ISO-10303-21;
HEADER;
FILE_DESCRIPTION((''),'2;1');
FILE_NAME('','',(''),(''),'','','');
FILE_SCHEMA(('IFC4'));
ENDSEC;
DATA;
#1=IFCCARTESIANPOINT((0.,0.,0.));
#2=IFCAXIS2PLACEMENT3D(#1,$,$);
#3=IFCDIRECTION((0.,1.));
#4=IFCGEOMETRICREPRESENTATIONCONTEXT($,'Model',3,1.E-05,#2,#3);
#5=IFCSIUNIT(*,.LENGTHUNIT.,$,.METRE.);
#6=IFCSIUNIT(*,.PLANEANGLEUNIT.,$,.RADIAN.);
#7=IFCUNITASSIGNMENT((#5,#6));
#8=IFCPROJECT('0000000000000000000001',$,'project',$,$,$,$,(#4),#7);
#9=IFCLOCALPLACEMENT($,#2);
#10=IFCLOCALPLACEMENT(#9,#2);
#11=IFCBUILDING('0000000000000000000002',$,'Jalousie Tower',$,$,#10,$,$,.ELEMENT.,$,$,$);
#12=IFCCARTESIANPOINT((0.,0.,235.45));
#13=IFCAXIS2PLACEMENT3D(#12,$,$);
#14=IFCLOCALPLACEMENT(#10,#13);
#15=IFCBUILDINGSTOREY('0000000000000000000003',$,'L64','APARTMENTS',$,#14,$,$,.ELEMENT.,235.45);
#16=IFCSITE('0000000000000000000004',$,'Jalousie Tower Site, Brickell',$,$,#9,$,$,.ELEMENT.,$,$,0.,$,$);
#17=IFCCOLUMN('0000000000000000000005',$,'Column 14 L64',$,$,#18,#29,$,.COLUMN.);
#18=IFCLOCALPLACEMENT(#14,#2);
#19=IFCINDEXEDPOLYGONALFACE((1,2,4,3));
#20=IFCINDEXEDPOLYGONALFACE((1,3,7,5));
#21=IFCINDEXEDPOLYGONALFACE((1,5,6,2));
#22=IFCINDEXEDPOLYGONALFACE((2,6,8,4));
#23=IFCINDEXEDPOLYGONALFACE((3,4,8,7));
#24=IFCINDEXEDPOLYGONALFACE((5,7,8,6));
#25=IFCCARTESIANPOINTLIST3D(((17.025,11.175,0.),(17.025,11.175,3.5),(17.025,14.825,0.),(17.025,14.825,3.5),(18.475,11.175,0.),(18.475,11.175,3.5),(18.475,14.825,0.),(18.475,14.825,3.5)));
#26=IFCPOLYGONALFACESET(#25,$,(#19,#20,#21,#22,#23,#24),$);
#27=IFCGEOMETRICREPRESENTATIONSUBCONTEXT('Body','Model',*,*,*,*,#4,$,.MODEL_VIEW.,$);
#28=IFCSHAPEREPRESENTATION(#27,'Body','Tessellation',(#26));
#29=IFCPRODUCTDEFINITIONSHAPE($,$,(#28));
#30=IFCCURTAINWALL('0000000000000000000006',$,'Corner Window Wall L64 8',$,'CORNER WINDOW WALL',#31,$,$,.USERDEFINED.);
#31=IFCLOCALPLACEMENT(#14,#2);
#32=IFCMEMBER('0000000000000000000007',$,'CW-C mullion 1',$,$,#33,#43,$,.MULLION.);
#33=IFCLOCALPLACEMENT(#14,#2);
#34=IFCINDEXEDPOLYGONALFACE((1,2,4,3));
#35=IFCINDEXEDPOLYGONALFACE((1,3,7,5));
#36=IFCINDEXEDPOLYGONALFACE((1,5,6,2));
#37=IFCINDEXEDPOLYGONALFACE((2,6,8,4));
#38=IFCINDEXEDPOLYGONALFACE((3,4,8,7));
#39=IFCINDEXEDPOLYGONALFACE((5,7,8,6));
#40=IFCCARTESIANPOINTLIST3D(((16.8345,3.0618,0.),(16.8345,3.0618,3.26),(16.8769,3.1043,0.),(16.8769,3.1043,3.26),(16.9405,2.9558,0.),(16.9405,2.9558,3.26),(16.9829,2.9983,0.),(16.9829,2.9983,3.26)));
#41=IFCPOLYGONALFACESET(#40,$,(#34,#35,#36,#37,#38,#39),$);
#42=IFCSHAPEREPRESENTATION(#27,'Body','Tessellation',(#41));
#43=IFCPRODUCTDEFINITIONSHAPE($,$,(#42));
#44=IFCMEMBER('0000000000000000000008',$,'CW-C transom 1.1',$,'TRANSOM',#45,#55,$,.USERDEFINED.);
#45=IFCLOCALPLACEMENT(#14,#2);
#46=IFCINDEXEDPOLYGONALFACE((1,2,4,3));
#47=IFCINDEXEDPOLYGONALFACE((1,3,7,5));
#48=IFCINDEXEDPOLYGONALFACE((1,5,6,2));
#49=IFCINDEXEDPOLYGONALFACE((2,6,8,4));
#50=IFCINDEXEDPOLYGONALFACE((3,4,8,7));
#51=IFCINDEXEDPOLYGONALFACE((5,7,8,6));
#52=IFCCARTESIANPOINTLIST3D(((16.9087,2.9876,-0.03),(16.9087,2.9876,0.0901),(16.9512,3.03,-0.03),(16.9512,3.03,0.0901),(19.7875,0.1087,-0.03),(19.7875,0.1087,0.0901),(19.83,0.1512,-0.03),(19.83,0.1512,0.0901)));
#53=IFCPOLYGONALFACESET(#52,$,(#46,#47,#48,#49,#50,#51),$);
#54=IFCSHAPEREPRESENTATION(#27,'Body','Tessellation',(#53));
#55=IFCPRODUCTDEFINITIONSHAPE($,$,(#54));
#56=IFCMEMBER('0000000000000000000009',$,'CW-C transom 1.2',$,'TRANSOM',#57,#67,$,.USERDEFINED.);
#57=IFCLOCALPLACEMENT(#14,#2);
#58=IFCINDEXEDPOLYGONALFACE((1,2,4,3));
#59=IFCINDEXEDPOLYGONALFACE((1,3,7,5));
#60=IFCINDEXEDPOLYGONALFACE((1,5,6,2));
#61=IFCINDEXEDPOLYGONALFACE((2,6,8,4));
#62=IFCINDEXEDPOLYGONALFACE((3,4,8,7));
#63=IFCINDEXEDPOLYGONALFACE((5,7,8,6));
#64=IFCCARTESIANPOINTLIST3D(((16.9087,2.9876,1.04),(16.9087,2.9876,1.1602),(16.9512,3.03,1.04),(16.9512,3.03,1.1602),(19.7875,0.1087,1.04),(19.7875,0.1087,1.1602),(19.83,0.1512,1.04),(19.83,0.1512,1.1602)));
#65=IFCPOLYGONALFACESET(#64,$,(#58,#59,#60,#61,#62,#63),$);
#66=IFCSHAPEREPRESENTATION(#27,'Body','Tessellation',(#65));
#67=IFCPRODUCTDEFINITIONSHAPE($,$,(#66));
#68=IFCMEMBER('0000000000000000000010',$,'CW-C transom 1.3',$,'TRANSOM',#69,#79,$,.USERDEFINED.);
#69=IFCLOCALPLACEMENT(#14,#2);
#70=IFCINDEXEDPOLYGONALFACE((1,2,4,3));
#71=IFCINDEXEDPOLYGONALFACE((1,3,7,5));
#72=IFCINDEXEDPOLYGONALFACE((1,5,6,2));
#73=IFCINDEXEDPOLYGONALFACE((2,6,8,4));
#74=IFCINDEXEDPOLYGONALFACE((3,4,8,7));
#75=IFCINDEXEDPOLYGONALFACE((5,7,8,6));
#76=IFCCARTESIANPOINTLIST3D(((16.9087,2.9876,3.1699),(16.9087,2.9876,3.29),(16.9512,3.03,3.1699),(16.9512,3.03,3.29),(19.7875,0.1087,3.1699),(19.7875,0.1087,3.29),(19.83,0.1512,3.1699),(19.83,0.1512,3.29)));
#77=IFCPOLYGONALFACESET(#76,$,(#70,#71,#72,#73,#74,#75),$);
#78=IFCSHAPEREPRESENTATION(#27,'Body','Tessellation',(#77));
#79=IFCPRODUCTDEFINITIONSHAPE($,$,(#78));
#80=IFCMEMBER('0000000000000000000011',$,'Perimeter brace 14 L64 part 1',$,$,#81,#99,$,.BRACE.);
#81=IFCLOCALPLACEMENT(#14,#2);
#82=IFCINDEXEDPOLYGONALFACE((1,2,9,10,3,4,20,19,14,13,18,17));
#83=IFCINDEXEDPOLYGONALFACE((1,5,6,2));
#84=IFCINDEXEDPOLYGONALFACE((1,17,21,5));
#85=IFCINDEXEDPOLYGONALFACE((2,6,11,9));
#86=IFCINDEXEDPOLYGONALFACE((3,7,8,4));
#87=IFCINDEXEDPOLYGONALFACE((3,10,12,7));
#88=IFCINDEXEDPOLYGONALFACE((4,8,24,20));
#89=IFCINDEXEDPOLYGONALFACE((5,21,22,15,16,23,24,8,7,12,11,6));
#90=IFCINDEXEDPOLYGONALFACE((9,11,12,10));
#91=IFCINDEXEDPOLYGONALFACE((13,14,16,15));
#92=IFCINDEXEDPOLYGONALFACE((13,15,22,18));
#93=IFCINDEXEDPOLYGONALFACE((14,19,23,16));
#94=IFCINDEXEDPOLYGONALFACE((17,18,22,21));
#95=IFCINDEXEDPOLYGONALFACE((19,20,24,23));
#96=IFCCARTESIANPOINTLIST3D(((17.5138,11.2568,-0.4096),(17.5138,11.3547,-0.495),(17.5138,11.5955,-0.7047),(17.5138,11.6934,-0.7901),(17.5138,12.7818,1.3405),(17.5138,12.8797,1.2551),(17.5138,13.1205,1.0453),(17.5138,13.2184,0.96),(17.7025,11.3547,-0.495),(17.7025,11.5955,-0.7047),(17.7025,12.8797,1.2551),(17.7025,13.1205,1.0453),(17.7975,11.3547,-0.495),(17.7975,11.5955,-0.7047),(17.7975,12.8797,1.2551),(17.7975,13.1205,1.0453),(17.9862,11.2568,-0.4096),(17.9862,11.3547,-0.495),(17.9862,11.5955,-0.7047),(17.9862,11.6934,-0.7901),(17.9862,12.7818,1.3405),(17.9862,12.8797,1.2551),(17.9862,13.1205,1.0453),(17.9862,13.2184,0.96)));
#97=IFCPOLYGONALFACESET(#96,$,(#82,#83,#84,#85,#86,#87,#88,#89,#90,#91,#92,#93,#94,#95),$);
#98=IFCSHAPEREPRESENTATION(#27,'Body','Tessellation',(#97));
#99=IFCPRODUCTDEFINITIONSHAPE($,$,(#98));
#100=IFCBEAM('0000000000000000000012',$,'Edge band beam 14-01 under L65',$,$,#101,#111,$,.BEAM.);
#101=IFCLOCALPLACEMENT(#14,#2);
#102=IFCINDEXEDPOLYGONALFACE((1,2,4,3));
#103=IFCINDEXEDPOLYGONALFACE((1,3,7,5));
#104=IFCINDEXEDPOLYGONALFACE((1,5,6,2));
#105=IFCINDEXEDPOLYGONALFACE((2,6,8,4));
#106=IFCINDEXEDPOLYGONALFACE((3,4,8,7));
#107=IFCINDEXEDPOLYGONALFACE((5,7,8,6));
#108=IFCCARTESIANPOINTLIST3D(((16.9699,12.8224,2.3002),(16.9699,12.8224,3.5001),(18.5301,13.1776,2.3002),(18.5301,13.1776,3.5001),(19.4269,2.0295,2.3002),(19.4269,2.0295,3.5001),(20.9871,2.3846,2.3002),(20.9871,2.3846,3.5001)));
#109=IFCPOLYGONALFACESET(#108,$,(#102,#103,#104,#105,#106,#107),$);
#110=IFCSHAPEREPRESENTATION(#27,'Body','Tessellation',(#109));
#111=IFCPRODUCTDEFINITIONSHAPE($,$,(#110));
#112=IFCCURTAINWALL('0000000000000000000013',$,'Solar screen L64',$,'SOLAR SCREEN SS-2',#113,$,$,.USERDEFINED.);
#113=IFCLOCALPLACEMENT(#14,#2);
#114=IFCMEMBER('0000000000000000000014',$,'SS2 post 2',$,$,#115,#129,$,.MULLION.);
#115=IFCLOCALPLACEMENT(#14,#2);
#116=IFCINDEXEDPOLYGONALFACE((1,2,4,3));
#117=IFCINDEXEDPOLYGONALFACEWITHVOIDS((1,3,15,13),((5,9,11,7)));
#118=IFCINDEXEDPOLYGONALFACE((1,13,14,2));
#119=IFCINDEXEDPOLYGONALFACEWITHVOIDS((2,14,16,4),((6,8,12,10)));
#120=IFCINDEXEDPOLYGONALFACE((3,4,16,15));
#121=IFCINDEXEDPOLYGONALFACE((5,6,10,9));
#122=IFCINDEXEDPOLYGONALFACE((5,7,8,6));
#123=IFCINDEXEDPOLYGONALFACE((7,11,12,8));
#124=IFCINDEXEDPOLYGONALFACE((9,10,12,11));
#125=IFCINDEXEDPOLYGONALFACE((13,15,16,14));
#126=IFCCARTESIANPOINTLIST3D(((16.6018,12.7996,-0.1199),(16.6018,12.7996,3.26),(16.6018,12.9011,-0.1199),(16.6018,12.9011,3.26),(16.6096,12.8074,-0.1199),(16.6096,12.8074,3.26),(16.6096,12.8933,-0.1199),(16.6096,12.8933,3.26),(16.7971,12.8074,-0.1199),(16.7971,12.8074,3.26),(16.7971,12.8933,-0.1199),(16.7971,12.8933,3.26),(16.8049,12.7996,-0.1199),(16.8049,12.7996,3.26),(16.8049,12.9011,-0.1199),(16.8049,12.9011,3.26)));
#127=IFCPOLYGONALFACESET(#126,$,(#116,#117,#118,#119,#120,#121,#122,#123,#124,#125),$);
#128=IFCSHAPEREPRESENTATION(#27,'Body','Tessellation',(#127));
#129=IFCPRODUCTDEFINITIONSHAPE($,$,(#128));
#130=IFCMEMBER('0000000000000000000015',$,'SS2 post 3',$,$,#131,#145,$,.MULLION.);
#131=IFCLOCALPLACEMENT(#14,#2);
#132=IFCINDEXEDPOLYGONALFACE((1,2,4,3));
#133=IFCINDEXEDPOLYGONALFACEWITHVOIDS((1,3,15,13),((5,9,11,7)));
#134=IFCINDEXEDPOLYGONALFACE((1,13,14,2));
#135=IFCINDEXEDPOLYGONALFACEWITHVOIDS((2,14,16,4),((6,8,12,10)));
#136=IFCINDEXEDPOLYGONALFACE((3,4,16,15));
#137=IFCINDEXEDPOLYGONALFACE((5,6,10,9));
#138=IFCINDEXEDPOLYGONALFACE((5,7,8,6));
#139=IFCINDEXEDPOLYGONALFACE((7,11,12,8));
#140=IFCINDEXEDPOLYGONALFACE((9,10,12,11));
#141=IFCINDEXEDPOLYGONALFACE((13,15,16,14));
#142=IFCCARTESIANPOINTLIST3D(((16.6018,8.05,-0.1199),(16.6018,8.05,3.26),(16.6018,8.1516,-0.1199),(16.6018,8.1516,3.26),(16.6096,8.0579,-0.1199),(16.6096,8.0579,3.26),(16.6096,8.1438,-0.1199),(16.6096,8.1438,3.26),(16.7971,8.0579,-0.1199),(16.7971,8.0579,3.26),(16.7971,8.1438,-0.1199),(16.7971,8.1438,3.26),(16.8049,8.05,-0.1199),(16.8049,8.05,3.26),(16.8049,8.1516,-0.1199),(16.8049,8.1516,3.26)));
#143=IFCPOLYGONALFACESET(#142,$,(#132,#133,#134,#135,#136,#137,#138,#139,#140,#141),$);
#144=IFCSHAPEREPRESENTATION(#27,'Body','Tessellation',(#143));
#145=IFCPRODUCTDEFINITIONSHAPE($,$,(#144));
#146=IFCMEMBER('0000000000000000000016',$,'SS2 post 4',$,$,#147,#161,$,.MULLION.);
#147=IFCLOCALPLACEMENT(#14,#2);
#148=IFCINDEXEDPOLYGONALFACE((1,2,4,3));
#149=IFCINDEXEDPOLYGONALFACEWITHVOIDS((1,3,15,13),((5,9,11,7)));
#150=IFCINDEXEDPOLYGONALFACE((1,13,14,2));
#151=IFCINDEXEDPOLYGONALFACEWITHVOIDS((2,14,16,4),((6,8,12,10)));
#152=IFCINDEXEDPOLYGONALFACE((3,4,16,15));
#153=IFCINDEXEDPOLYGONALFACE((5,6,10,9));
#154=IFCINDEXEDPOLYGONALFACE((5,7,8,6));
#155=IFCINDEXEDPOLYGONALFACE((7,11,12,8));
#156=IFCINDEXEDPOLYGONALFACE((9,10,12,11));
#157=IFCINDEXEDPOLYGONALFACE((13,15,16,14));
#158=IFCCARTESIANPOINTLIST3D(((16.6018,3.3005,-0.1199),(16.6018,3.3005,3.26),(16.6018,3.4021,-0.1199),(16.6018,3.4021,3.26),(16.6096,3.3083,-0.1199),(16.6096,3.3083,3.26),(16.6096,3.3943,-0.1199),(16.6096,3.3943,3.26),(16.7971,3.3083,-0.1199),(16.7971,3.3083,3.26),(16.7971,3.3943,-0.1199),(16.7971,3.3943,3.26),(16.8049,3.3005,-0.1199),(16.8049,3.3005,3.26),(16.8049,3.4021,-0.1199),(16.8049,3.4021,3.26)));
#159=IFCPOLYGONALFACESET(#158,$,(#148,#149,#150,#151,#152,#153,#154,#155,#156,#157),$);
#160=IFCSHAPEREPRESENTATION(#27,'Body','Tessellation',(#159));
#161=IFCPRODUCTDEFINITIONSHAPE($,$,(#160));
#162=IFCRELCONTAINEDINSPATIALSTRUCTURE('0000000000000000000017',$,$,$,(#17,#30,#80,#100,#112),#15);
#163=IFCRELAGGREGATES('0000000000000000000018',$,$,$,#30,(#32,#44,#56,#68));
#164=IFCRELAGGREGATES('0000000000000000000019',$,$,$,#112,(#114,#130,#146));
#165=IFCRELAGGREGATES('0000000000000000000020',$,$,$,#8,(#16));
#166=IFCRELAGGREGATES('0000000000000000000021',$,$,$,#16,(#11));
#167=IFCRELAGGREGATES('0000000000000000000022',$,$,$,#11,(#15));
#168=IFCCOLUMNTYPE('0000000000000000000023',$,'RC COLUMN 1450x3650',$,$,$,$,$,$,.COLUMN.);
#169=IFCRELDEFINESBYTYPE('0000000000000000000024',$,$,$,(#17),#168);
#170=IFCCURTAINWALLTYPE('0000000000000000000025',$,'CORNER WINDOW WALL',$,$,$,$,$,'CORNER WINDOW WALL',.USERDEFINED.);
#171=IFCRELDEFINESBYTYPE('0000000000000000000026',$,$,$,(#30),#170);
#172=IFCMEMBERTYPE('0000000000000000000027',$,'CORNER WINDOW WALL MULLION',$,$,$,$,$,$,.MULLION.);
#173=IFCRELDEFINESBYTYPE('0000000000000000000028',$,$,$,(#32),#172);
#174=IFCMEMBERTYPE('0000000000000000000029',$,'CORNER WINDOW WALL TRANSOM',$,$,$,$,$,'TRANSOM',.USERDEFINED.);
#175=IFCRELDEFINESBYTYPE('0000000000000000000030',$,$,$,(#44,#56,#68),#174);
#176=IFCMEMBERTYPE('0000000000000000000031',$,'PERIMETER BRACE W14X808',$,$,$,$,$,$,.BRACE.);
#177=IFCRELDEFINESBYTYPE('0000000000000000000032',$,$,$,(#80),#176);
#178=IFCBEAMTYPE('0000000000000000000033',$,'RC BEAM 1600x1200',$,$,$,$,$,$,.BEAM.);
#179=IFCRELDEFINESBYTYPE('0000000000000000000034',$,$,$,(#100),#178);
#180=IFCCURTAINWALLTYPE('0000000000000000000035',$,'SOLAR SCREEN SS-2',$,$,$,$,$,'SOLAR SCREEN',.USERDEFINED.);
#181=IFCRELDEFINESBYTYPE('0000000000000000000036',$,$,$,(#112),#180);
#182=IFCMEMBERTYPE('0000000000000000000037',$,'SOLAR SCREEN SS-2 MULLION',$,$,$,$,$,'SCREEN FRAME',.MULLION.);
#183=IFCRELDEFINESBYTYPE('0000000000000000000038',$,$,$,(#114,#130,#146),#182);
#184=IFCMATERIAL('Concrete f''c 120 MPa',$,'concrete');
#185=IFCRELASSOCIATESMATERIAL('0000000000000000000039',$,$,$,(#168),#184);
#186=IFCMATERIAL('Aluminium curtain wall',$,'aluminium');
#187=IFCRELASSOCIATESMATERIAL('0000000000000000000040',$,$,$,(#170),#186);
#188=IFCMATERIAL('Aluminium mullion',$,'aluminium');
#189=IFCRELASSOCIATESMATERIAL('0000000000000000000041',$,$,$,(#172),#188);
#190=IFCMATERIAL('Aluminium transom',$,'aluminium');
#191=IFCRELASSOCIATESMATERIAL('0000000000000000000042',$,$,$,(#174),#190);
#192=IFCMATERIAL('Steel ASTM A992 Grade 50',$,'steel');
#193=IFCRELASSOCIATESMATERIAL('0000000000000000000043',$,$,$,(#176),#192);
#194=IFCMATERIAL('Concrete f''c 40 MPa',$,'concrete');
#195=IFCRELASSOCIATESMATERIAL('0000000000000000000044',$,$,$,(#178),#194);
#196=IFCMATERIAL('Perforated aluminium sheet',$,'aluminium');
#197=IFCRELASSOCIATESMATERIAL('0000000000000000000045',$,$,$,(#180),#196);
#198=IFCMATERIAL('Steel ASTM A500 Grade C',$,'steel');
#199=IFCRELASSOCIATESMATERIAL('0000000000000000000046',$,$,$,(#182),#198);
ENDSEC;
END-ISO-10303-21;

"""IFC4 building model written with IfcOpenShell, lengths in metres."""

from ifc_helpers import new_model, si_unit, direction, frame, origin, origin_2d, place, context, subcontext, project, spatial, rectangle, hollow_rectangle, i_section, extrude, material, material_profile, profile_set, type_object, element, aggregate, save


model = new_model("IFC4")

# Units and contexts
model_context = context("Model", 3, precision=1e-05, world=origin(), true_north=direction((0.0, 1.0)))
body_context = subcontext(model_context, "Body", "Model", "MODEL_VIEW")
ifc_project = project(units=[si_unit("LENGTHUNIT", "METRE"), si_unit("PLANEANGLEUNIT", "RADIAN")], contexts=[model_context])

# Site, building, storey
site_placement = place(None, origin())
site = spatial("IfcSite", under=ifc_project, at=site_placement, Name="Jalousie Tower Site, Brickell", CompositionType="ELEMENT", RefElevation=0.0)
building_placement = place(site_placement, origin())
building = spatial("IfcBuilding", under=site, at=building_placement, Name="Jalousie Tower", CompositionType="ELEMENT")
storey_placement = place(building_placement, frame((0.0, 0.0, 235.45)))
storey = spatial("IfcBuildingStorey", under=building, at=storey_placement, Name="L64", Description="APARTMENTS", CompositionType="ELEMENT", Elevation=235.45)

# Column
ifc_material_1 = material(Name="Concrete f'c 120 MPa", Category="concrete")
ifc_material_profile_1 = material_profile(ifc_material_1, rectangle(XDim=1.45, YDim=3.6499, at=origin_2d()), Name="RC 1450x3650")
ifc_profile_set_1 = profile_set([ifc_material_profile_1], Name="Concrete f'c 120 MPa")
column_type = type_object("IfcColumnType", Name="RC COLUMN 1450x3650", PredefinedType="COLUMN", material=ifc_profile_set_1)
column_placement = place(storey_placement, frame((17.75, 13.0, 0.0), z_axis=(0.0, 0.0, 1.0), x_axis=(1.0, 0.0, 0.0)))
element("IfcColumn", 1, at=column_placement, inside=storey, type_object=column_type, Name="Column 14 L64", PredefinedType="COLUMN", context=body_context, shape_type="SweptSolid", body=[
    extrude(rectangle(XDim=1.45, YDim=3.6499, at=origin_2d()), origin(), (0.0, 0.0, 1.0), 3.5),
])

# Curtain wall, members
ifc_material_2 = material(Name="Aluminium curtain wall", Category="aluminium")
curtain_wall_type_1 = type_object("IfcCurtainWallType", Name="CORNER WINDOW WALL", ElementType="CORNER WINDOW WALL", PredefinedType="USERDEFINED", material=ifc_material_2)
curtain_wall_1_placement = place(storey_placement, origin())
curtain_wall_1 = element("IfcCurtainWall", 2, at=curtain_wall_1_placement, inside=storey, type_object=curtain_wall_type_1, Name="Corner Window Wall L64 8", ObjectType="CORNER WINDOW WALL", PredefinedType="USERDEFINED")
ifc_material_3 = material(Name="Aluminium mullion", Category="aluminium")
ifc_material_profile_2 = material_profile(ifc_material_3, rectangle(XDim=0.0601, YDim=0.1499, at=origin_2d()), Name="MULLION 60x150")
ifc_profile_set_2 = profile_set([ifc_material_profile_2], Name="Aluminium mullion")
member_type_1 = type_object("IfcMemberType", Name="CORNER WINDOW WALL MULLION", PredefinedType="MULLION", material=ifc_profile_set_2)
member_1_placement = place(storey_placement, frame((16.9087, 3.03, 0.0), z_axis=(0.0, 0.0, 1.0), x_axis=(0.707107, 0.707107, 0.0)))
member_1 = element("IfcMember", 3, at=member_1_placement, type_object=member_type_1, Name="CW-C mullion 1", PredefinedType="MULLION", context=body_context, shape_type="SweptSolid", body=[
    extrude(rectangle(XDim=0.0601, YDim=0.1499, at=origin_2d()), origin(), (0.0, 0.0, 1.0), 3.26),
])
ifc_material_4 = material(Name="Aluminium transom", Category="aluminium")
ifc_material_profile_3 = material_profile(ifc_material_4, rectangle(XDim=0.0601, YDim=0.1201, at=origin_2d()), Name="TRANSOM 60x120")
ifc_profile_set_3 = profile_set([ifc_material_profile_3], Name="Aluminium transom")
member_type_2 = type_object("IfcMemberType", Name="CORNER WINDOW WALL TRANSOM", ElementType="TRANSOM", PredefinedType="USERDEFINED", material=ifc_profile_set_3)
member_2_placement = place(storey_placement, frame((16.9299, 3.0088, 0.03), z_axis=(0.707107, -0.707107, 0.0), x_axis=(0.707107, 0.707107, 0.0)))
member_2 = element("IfcMember", 4, at=member_2_placement, type_object=member_type_2, Name="CW-C transom 1.1", ObjectType="TRANSOM", PredefinedType="USERDEFINED", context=body_context, shape_type="SweptSolid", body=[
    extrude(rectangle(XDim=0.0601, YDim=0.1201, at=origin_2d()), origin(), (0.0, 0.0, 1.0), 4.0713),
])
member_3_placement = place(storey_placement, frame((16.9299, 3.0088, 1.1001), z_axis=(0.707107, -0.707107, 0.0), x_axis=(0.707107, 0.707107, 0.0)))
member_3 = element("IfcMember", 5, at=member_3_placement, type_object=member_type_2, Name="CW-C transom 1.2", ObjectType="TRANSOM", PredefinedType="USERDEFINED", context=body_context, shape_type="SweptSolid", body=[
    extrude(rectangle(XDim=0.0601, YDim=0.1201, at=origin_2d()), origin(), (0.0, 0.0, 1.0), 4.0713),
])
member_4_placement = place(storey_placement, frame((16.9299, 3.0088, 3.23), z_axis=(0.707107, -0.707107, 0.0), x_axis=(0.707107, 0.707107, 0.0)))
member_4 = element("IfcMember", 6, at=member_4_placement, type_object=member_type_2, Name="CW-C transom 1.3", ObjectType="TRANSOM", PredefinedType="USERDEFINED", context=body_context, shape_type="SweptSolid", body=[
    extrude(rectangle(XDim=0.0601, YDim=0.1201, at=origin_2d()), origin(), (0.0, 0.0, 1.0), 4.0713),
])
aggregate(curtain_wall_1, [member_1, member_2, member_3, member_4])

# Member
ifc_material_5 = material(Name="Steel ASTM A992 Grade 50", Category="steel")
ifc_material_profile_4 = material_profile(ifc_material_5, i_section(OverallWidth=0.4724, OverallDepth=0.5791, WebThickness=0.095, FlangeThickness=0.1299, at=origin_2d()), Name="W14X808")
ifc_profile_set_4 = profile_set([ifc_material_profile_4], Name="Steel ASTM A992 Grade 50")
member_type_3 = type_object("IfcMemberType", Name="PERIMETER BRACE W14X808", PredefinedType="BRACE", material=ifc_profile_set_4)
member_5_placement = place(storey_placement, frame((17.75, 11.4751, -0.5999), z_axis=(0.0, 0.656954, 0.75393), x_axis=(-1.0, 0.0, 0.0)))
element("IfcMember", 7, at=member_5_placement, inside=storey, type_object=member_type_3, Name="Perimeter brace 14 L64 part 1", PredefinedType="BRACE", context=body_context, shape_type="SweptSolid", body=[
    extrude(i_section(OverallWidth=0.4724, OverallDepth=0.5791, WebThickness=0.095, FlangeThickness=0.1299, at=origin_2d()), origin(), (0.0, 0.0, 1.0), 2.3213),
])

# Beam
ifc_material_6 = material(Name="Concrete f'c 40 MPa", Category="concrete")
ifc_material_profile_5 = material_profile(ifc_material_6, rectangle(XDim=1.6001, YDim=1.2, at=origin_2d()), Name="RC 1600x1200")
ifc_profile_set_5 = profile_set([ifc_material_profile_5], Name="Concrete f'c 40 MPa")
beam_type = type_object("IfcBeamType", Name="RC BEAM 1600x1200", PredefinedType="BEAM", material=ifc_profile_set_5)
beam_placement = place(storey_placement, frame((17.75, 13.0, 2.9001), z_axis=(0.221972, -0.975053, 0.0), x_axis=(0.975053, 0.221972, 0.0)))
element("IfcBeam", 8, at=beam_placement, inside=storey, type_object=beam_type, Name="Edge band beam 14-01 under L65", PredefinedType="BEAM", context=body_context, shape_type="SweptSolid", body=[
    extrude(rectangle(XDim=1.6001, YDim=1.2, at=origin_2d()), origin(), (0.0, 0.0, 1.0), 11.0691),
])

# Curtain wall, members
ifc_material_7 = material(Name="Perforated aluminium sheet", Category="aluminium")
curtain_wall_type_2 = type_object("IfcCurtainWallType", Name="SOLAR SCREEN SS-2", ElementType="SOLAR SCREEN", PredefinedType="USERDEFINED", material=ifc_material_7)
curtain_wall_2_placement = place(storey_placement, origin())
curtain_wall_2 = element("IfcCurtainWall", 9, at=curtain_wall_2_placement, inside=storey, type_object=curtain_wall_type_2, Name="Solar screen L64", ObjectType="SOLAR SCREEN SS-2", PredefinedType="USERDEFINED")
ifc_material_8 = material(Name="Steel ASTM A500 Grade C", Category="steel")
ifc_material_profile_6 = material_profile(ifc_material_8, hollow_rectangle(XDim=0.1016, YDim=0.2031, WallThickness=0.0078, at=origin_2d()), Name="HSS8X4X5/16")
ifc_profile_set_6 = profile_set([ifc_material_profile_6], Name="Steel ASTM A500 Grade C")
member_type_4 = type_object("IfcMemberType", Name="SOLAR SCREEN SS-2 MULLION", ElementType="SCREEN FRAME", PredefinedType="MULLION", material=ifc_profile_set_6)
member_6_placement = place(storey_placement, frame((16.7034, 12.8503, -0.1199), z_axis=(0.0, 0.0, 1.0), x_axis=(0.0, -1.0, 0.0)))
member_6 = element("IfcMember", 10, at=member_6_placement, type_object=member_type_4, Name="SS2 post 2", PredefinedType="MULLION", context=body_context, shape_type="SweptSolid", body=[
    extrude(hollow_rectangle(XDim=0.1016, YDim=0.2031, WallThickness=0.0078, at=origin_2d()), origin(), (0.0, 0.0, 1.0), 3.3799),
])
member_7_placement = place(storey_placement, frame((16.7034, 8.1008, -0.1199), z_axis=(0.0, 0.0, 1.0), x_axis=(0.0, -1.0, 0.0)))
member_7 = element("IfcMember", 11, at=member_7_placement, type_object=member_type_4, Name="SS2 post 3", PredefinedType="MULLION", context=body_context, shape_type="SweptSolid", body=[
    extrude(hollow_rectangle(XDim=0.1016, YDim=0.2031, WallThickness=0.0078, at=origin_2d()), origin(), (0.0, 0.0, 1.0), 3.3799),
])
member_8_placement = place(storey_placement, frame((16.7034, 3.3513, -0.1199), z_axis=(0.0, 0.0, 1.0), x_axis=(0.0, -1.0, 0.0)))
member_8 = element("IfcMember", 12, at=member_8_placement, type_object=member_type_4, Name="SS2 post 4", PredefinedType="MULLION", context=body_context, shape_type="SweptSolid", body=[
    extrude(hollow_rectangle(XDim=0.1016, YDim=0.2031, WallThickness=0.0078, at=origin_2d()), origin(), (0.0, 0.0, 1.0), 3.3799),
])

aggregate(curtain_wall_2, [member_6, member_7, member_8])

save(model, "model.ifc")
